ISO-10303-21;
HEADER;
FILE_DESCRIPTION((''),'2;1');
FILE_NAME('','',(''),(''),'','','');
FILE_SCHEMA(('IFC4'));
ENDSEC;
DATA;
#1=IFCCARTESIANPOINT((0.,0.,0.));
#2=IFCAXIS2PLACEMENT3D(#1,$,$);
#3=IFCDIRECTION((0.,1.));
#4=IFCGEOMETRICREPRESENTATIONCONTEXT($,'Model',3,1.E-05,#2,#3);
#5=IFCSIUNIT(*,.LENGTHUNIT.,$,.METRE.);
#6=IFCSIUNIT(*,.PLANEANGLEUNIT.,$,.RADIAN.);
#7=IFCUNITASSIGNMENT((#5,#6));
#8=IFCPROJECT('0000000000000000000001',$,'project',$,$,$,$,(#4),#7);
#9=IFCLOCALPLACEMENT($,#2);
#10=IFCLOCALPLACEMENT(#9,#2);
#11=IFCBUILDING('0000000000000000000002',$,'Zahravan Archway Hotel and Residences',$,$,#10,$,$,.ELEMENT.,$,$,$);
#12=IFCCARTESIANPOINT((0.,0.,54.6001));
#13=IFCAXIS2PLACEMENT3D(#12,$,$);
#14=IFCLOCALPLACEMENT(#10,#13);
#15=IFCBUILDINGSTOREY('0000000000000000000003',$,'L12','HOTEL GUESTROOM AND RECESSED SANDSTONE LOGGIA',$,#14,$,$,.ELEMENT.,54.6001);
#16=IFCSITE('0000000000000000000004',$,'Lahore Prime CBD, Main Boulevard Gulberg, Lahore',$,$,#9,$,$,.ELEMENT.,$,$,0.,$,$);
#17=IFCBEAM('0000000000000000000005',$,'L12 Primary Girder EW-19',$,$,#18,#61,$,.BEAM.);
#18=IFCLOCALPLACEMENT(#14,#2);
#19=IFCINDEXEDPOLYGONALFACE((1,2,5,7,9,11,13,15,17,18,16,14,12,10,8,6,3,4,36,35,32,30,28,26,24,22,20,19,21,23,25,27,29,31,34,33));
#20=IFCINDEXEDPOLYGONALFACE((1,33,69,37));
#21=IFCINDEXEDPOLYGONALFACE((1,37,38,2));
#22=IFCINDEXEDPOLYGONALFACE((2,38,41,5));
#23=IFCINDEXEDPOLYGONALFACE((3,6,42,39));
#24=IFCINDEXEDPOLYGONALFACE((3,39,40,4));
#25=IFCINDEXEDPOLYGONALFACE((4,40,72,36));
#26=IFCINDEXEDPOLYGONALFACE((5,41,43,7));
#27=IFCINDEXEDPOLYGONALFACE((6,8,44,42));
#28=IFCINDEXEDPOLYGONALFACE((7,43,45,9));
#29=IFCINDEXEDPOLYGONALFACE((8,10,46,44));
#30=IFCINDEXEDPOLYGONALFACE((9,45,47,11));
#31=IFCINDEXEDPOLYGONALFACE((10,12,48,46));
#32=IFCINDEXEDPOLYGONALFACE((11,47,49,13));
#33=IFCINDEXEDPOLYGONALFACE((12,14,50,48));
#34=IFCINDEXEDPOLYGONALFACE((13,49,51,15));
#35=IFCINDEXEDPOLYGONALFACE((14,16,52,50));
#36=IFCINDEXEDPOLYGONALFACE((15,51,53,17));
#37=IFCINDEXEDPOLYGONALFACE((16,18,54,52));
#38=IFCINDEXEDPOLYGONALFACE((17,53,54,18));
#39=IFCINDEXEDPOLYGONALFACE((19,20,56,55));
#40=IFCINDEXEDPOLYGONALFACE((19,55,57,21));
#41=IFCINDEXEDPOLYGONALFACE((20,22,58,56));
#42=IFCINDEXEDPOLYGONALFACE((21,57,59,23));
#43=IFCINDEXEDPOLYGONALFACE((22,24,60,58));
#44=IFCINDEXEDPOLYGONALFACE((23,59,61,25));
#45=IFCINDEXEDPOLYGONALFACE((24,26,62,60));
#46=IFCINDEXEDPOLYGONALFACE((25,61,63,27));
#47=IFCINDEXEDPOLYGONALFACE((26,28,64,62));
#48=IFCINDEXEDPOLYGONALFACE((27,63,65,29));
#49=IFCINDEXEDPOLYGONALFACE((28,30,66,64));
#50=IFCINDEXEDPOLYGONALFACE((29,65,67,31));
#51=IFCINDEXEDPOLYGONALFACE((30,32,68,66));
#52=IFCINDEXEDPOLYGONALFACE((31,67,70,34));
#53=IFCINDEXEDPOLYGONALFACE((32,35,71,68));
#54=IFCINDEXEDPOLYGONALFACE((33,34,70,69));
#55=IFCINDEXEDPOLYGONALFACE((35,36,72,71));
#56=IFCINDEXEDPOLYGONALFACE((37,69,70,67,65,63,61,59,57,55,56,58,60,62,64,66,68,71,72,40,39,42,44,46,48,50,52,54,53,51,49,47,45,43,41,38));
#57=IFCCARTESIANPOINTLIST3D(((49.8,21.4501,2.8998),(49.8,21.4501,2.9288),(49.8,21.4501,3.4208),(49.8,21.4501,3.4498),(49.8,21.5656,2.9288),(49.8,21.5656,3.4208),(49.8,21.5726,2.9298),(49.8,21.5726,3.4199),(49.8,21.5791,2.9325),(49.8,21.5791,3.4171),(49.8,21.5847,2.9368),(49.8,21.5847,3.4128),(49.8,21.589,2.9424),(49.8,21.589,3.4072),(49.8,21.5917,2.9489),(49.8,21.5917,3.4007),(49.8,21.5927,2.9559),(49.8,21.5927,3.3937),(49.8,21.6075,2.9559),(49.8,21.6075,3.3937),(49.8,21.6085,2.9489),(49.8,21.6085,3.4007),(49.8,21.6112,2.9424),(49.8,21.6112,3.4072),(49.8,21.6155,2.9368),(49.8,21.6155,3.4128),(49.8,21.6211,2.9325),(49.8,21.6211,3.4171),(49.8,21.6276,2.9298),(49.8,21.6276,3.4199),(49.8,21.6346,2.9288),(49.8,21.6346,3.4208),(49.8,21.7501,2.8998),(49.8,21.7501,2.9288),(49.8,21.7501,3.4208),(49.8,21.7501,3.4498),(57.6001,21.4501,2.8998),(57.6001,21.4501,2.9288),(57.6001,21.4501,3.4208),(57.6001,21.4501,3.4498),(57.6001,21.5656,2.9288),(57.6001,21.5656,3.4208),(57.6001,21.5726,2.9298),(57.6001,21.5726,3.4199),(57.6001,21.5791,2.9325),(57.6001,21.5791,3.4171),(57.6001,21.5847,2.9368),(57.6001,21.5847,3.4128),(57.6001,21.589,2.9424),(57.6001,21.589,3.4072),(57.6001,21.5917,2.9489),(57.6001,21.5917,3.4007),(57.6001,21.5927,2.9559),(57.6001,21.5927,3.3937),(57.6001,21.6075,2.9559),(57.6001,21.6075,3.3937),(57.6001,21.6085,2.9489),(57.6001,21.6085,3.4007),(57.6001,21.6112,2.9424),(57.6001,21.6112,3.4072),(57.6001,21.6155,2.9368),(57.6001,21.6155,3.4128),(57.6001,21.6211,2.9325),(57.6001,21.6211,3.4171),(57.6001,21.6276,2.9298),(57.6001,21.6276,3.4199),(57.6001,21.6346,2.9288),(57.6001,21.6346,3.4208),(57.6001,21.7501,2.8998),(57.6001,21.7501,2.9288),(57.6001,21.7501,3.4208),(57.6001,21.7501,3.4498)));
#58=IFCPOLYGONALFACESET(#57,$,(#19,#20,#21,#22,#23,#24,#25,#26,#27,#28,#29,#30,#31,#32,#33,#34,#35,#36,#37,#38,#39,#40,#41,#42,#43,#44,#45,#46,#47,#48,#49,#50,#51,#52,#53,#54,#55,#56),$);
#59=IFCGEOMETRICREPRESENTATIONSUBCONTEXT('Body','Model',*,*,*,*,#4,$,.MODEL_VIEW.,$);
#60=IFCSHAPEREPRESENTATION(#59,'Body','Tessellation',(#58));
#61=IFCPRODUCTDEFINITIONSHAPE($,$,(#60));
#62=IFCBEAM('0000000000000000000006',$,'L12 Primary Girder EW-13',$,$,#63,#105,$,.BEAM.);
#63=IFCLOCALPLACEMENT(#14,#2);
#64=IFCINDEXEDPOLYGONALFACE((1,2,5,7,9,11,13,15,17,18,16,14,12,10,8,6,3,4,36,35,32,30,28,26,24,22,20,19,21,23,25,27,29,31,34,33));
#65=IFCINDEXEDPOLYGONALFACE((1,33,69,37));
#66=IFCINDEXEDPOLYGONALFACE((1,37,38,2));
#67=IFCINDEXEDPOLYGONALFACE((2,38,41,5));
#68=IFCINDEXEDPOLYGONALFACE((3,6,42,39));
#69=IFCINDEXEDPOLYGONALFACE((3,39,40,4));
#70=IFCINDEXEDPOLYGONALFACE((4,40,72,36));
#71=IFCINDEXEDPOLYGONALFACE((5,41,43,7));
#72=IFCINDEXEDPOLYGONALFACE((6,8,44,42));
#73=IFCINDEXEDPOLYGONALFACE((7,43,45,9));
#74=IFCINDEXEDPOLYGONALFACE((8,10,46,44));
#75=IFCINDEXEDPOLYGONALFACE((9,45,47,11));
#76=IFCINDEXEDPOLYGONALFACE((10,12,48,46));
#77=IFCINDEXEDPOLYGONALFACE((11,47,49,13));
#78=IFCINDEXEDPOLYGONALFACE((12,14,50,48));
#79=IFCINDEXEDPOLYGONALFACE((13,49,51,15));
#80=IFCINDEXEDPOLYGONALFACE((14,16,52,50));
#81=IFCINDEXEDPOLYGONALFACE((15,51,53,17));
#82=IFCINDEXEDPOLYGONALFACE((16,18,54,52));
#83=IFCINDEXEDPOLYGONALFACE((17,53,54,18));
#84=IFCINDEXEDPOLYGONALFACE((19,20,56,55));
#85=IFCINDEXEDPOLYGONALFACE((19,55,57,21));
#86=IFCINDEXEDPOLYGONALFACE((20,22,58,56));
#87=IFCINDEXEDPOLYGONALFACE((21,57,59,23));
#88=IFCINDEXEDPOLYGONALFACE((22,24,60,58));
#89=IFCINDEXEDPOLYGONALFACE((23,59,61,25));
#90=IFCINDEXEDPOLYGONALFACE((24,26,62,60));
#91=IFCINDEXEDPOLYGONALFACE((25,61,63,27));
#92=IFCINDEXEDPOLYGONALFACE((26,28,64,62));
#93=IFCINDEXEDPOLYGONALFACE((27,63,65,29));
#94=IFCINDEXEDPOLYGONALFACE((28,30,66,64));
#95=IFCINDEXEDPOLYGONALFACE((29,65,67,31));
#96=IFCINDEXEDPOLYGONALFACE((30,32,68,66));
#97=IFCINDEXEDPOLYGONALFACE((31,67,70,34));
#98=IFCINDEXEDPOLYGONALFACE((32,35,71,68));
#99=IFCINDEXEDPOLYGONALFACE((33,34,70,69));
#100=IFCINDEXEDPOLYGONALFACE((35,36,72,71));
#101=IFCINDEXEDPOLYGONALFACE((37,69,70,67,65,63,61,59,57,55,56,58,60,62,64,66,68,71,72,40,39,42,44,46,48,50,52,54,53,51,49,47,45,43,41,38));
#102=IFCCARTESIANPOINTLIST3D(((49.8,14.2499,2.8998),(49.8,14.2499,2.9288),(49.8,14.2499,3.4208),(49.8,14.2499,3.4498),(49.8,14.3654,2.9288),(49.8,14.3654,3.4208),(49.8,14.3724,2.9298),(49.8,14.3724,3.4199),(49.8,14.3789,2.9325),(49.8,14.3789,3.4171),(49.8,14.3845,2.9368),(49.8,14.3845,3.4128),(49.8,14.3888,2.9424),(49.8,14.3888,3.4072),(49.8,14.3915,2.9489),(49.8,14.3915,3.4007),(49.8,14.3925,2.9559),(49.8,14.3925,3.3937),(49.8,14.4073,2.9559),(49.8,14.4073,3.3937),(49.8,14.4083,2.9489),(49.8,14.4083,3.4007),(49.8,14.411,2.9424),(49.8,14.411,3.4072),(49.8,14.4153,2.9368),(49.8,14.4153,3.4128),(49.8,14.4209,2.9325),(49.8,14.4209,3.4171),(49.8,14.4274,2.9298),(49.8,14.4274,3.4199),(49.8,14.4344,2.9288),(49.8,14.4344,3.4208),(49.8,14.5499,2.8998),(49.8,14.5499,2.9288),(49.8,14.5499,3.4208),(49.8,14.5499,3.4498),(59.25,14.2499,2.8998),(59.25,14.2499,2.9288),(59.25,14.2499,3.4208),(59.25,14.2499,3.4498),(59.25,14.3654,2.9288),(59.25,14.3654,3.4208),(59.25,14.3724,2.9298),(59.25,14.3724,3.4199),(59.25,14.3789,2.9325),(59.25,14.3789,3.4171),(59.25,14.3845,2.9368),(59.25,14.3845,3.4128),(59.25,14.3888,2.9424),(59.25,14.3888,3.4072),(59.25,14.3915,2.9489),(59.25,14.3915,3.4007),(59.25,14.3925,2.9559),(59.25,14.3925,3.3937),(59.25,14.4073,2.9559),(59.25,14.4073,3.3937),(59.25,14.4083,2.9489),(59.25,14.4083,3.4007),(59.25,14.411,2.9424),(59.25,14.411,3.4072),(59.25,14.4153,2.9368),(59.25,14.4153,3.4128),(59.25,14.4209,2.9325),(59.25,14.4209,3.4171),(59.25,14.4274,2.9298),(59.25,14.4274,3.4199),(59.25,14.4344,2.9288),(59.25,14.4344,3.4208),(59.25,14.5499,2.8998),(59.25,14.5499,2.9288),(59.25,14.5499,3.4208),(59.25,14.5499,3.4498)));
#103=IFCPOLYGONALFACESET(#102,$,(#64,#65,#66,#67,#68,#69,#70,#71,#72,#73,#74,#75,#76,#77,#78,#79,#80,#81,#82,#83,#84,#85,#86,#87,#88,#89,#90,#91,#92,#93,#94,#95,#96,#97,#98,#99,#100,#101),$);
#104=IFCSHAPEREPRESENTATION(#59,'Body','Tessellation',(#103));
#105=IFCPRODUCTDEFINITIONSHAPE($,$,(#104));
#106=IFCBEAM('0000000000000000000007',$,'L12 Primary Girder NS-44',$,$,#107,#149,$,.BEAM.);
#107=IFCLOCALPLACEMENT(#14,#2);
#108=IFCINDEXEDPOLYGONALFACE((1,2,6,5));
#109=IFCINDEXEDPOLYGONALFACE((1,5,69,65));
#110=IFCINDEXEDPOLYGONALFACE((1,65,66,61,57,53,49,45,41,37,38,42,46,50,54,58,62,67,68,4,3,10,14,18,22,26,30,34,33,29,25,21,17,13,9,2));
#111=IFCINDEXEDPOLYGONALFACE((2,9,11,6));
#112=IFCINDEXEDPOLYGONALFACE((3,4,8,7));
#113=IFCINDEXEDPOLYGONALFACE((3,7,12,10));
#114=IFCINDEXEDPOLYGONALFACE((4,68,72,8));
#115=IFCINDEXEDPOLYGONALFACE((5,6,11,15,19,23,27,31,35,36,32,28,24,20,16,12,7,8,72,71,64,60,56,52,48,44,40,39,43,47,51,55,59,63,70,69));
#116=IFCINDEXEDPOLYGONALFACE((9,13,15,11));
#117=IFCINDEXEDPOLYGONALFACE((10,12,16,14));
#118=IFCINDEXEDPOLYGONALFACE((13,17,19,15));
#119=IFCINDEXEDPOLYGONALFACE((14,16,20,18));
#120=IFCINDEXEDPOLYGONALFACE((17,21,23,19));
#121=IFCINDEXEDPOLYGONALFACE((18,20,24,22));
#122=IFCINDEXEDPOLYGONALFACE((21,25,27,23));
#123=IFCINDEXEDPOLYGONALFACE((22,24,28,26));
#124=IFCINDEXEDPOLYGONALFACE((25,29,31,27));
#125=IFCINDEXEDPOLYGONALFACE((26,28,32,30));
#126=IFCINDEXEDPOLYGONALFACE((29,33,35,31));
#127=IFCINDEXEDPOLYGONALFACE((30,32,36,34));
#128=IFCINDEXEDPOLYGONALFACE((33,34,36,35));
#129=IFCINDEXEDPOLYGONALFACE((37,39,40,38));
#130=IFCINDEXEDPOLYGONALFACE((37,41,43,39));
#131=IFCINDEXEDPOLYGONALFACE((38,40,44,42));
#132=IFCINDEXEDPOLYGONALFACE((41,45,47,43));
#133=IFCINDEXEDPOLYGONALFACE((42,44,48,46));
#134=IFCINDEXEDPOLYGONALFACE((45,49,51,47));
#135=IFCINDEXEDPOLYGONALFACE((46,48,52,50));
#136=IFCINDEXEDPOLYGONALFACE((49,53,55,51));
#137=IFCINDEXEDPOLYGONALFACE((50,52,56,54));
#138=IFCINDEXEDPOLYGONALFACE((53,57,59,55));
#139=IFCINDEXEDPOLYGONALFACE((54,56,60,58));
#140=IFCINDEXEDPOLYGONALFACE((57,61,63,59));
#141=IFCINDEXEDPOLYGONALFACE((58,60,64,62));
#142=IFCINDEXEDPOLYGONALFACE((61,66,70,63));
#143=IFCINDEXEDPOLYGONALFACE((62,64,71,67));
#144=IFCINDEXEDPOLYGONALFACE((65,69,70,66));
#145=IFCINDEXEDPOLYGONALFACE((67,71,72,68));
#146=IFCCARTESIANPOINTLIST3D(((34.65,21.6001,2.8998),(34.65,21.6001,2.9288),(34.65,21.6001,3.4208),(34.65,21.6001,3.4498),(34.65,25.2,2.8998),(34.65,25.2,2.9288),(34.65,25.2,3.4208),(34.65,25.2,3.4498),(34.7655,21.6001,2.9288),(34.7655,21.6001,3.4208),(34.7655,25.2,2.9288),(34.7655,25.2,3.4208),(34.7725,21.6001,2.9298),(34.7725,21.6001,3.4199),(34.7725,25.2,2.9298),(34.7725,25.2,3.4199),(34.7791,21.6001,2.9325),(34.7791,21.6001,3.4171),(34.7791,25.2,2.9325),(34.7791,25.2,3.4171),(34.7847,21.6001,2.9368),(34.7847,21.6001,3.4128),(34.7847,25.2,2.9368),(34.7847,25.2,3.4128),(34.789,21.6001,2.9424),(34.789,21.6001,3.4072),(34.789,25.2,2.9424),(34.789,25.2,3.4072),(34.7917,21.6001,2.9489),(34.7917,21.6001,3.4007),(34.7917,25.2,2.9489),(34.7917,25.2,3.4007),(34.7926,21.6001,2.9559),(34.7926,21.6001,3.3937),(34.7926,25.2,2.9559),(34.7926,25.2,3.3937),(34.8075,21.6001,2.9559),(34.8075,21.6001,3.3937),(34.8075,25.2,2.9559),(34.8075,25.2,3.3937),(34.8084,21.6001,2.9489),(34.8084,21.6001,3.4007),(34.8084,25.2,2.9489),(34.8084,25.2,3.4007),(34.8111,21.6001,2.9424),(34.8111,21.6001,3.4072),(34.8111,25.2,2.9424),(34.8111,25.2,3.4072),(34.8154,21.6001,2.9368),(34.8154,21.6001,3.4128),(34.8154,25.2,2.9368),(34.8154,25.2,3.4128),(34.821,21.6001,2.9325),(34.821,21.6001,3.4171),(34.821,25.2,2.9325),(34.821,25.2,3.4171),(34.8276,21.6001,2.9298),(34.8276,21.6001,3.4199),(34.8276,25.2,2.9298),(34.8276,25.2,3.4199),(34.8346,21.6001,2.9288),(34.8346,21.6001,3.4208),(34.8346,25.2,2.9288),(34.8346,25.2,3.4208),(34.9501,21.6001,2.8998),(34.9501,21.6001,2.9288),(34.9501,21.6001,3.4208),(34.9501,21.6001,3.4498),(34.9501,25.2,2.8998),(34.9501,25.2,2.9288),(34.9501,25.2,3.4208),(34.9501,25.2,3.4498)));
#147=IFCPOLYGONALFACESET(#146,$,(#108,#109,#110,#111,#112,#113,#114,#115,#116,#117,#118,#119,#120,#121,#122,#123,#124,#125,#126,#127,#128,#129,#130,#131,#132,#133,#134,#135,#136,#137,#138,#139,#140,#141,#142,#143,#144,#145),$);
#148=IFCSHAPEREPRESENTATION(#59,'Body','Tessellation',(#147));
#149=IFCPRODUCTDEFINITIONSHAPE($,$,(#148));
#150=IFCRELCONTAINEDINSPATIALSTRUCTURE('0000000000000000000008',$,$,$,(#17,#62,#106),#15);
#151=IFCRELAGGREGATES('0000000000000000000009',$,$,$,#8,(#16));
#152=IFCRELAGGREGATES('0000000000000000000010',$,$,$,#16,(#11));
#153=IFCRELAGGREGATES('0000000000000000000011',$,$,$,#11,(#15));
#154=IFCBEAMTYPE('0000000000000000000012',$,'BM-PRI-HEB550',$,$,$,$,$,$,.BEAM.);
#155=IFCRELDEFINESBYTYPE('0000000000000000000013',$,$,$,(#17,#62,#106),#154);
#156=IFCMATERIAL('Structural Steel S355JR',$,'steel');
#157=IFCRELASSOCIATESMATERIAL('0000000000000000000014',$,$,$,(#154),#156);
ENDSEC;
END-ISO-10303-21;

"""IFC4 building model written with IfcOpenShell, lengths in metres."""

from ifc_helpers import new_model, si_unit, direction, frame, origin, origin_2d, place, context, subcontext, project, spatial, i_section, extrude, source, transform, mapped, material, material_profile, profile_set, type_object, element, save


model = new_model("IFC4")

# Units and contexts
model_context = context("Model", 3, precision=1e-05, world=origin(), true_north=direction((0.0, 1.0)))
body_context = subcontext(model_context, "Body", "Model", "MODEL_VIEW")
ifc_project = project(units=[si_unit("LENGTHUNIT", "METRE"), si_unit("PLANEANGLEUNIT", "RADIAN")], contexts=[model_context])

# Site, building, storey
site_placement = place(None, origin())
site = spatial("IfcSite", under=ifc_project, at=site_placement, Name="Lahore Prime CBD, Main Boulevard Gulberg, Lahore", CompositionType="ELEMENT", RefElevation=0.0)
building_placement = place(site_placement, origin())
building = spatial("IfcBuilding", under=site, at=building_placement, Name="Zahravan Archway Hotel and Residences", CompositionType="ELEMENT")
storey_placement = place(building_placement, frame((0.0, 0.0, 54.6001)))
storey = spatial("IfcBuildingStorey", under=building, at=storey_placement, Name="L12", Description="HOTEL GUESTROOM AND RECESSED SANDSTONE LOGGIA", CompositionType="ELEMENT", Elevation=54.6001)

# Beams
ifc_material_1 = material(Name="Structural Steel S355JR", Category="steel")
ifc_material_profile_1 = material_profile(ifc_material_1, i_section(OverallWidth=0.3, OverallDepth=0.55, WebThickness=0.0149, FlangeThickness=0.0291, FilletRadius=0.0271, at=origin_2d()), Name="HEB 550", Category="steel")
ifc_profile_set_1 = profile_set([ifc_material_profile_1], Name="Structural Steel S355JR")
beam_type_1 = type_object("IfcBeamType", Name="BM-PRI-HEB550", PredefinedType="BEAM", material=ifc_profile_set_1)
shared_shape_1 = source(origin(), body_context, "Body", "SweptSolid", [
    extrude(i_section(OverallWidth=0.3, OverallDepth=0.55, WebThickness=0.0149, FlangeThickness=0.0291, FilletRadius=0.0271, at=origin_2d()), origin(), (0.0, 0.0, 1.0), 7.8),
])
for number, where, z_axis, x_axis, name in (
    (1, (49.8, 21.6001, 3.1748), (1.0, 0.0, 0.0), (0.0, 1.0, 0.0), "L12 Primary Girder EW-19"),
):
    element("IfcBeam", number, at=place(storey_placement, frame(where, z_axis=z_axis, x_axis=x_axis)), inside=storey, type_object=beam_type_1, Name=name, PredefinedType="BEAM", context=body_context, shape_type="MappedRepresentation", body=[
        mapped(shared_shape_1, transform((0.0, 0.0, 0.0), scale=1.0)),
    ])
shared_shape_2 = source(origin(), body_context, "Body", "SweptSolid", [
    extrude(i_section(OverallWidth=0.3, OverallDepth=0.55, WebThickness=0.0149, FlangeThickness=0.0291, FilletRadius=0.0271, at=origin_2d()), origin(), (0.0, 0.0, 1.0), 9.45),
])
beam_1_placement = place(storey_placement, frame((49.8, 14.3999, 3.1748), z_axis=(1.0, 0.0, 0.0), x_axis=(0.0, 1.0, 0.0)))
element("IfcBeam", 2, at=beam_1_placement, inside=storey, type_object=beam_type_1, Name="L12 Primary Girder EW-13", PredefinedType="BEAM", context=body_context, shape_type="MappedRepresentation", body=[
    mapped(shared_shape_2, transform((0.0, 0.0, 0.0), scale=1.0)),
])
shared_shape_3 = source(origin(), body_context, "Body", "SweptSolid", [
    extrude(i_section(OverallWidth=0.3, OverallDepth=0.55, WebThickness=0.0149, FlangeThickness=0.0291, FilletRadius=0.0271, at=origin_2d()), origin(), (0.0, 0.0, 1.0), 3.5999),
])
beam_2_placement = place(storey_placement, frame((34.8, 21.6001, 3.1748), z_axis=(0.0, 1.0, 0.0), x_axis=(-1.0, 0.0, 0.0)))
element("IfcBeam", 3, at=beam_2_placement, inside=storey, type_object=beam_type_1, Name="L12 Primary Girder NS-44", PredefinedType="BEAM", context=body_context, shape_type="MappedRepresentation", body=[
    mapped(shared_shape_3, transform((0.0, 0.0, 0.0), scale=1.0)),
])

save(model, "model.ifc")
